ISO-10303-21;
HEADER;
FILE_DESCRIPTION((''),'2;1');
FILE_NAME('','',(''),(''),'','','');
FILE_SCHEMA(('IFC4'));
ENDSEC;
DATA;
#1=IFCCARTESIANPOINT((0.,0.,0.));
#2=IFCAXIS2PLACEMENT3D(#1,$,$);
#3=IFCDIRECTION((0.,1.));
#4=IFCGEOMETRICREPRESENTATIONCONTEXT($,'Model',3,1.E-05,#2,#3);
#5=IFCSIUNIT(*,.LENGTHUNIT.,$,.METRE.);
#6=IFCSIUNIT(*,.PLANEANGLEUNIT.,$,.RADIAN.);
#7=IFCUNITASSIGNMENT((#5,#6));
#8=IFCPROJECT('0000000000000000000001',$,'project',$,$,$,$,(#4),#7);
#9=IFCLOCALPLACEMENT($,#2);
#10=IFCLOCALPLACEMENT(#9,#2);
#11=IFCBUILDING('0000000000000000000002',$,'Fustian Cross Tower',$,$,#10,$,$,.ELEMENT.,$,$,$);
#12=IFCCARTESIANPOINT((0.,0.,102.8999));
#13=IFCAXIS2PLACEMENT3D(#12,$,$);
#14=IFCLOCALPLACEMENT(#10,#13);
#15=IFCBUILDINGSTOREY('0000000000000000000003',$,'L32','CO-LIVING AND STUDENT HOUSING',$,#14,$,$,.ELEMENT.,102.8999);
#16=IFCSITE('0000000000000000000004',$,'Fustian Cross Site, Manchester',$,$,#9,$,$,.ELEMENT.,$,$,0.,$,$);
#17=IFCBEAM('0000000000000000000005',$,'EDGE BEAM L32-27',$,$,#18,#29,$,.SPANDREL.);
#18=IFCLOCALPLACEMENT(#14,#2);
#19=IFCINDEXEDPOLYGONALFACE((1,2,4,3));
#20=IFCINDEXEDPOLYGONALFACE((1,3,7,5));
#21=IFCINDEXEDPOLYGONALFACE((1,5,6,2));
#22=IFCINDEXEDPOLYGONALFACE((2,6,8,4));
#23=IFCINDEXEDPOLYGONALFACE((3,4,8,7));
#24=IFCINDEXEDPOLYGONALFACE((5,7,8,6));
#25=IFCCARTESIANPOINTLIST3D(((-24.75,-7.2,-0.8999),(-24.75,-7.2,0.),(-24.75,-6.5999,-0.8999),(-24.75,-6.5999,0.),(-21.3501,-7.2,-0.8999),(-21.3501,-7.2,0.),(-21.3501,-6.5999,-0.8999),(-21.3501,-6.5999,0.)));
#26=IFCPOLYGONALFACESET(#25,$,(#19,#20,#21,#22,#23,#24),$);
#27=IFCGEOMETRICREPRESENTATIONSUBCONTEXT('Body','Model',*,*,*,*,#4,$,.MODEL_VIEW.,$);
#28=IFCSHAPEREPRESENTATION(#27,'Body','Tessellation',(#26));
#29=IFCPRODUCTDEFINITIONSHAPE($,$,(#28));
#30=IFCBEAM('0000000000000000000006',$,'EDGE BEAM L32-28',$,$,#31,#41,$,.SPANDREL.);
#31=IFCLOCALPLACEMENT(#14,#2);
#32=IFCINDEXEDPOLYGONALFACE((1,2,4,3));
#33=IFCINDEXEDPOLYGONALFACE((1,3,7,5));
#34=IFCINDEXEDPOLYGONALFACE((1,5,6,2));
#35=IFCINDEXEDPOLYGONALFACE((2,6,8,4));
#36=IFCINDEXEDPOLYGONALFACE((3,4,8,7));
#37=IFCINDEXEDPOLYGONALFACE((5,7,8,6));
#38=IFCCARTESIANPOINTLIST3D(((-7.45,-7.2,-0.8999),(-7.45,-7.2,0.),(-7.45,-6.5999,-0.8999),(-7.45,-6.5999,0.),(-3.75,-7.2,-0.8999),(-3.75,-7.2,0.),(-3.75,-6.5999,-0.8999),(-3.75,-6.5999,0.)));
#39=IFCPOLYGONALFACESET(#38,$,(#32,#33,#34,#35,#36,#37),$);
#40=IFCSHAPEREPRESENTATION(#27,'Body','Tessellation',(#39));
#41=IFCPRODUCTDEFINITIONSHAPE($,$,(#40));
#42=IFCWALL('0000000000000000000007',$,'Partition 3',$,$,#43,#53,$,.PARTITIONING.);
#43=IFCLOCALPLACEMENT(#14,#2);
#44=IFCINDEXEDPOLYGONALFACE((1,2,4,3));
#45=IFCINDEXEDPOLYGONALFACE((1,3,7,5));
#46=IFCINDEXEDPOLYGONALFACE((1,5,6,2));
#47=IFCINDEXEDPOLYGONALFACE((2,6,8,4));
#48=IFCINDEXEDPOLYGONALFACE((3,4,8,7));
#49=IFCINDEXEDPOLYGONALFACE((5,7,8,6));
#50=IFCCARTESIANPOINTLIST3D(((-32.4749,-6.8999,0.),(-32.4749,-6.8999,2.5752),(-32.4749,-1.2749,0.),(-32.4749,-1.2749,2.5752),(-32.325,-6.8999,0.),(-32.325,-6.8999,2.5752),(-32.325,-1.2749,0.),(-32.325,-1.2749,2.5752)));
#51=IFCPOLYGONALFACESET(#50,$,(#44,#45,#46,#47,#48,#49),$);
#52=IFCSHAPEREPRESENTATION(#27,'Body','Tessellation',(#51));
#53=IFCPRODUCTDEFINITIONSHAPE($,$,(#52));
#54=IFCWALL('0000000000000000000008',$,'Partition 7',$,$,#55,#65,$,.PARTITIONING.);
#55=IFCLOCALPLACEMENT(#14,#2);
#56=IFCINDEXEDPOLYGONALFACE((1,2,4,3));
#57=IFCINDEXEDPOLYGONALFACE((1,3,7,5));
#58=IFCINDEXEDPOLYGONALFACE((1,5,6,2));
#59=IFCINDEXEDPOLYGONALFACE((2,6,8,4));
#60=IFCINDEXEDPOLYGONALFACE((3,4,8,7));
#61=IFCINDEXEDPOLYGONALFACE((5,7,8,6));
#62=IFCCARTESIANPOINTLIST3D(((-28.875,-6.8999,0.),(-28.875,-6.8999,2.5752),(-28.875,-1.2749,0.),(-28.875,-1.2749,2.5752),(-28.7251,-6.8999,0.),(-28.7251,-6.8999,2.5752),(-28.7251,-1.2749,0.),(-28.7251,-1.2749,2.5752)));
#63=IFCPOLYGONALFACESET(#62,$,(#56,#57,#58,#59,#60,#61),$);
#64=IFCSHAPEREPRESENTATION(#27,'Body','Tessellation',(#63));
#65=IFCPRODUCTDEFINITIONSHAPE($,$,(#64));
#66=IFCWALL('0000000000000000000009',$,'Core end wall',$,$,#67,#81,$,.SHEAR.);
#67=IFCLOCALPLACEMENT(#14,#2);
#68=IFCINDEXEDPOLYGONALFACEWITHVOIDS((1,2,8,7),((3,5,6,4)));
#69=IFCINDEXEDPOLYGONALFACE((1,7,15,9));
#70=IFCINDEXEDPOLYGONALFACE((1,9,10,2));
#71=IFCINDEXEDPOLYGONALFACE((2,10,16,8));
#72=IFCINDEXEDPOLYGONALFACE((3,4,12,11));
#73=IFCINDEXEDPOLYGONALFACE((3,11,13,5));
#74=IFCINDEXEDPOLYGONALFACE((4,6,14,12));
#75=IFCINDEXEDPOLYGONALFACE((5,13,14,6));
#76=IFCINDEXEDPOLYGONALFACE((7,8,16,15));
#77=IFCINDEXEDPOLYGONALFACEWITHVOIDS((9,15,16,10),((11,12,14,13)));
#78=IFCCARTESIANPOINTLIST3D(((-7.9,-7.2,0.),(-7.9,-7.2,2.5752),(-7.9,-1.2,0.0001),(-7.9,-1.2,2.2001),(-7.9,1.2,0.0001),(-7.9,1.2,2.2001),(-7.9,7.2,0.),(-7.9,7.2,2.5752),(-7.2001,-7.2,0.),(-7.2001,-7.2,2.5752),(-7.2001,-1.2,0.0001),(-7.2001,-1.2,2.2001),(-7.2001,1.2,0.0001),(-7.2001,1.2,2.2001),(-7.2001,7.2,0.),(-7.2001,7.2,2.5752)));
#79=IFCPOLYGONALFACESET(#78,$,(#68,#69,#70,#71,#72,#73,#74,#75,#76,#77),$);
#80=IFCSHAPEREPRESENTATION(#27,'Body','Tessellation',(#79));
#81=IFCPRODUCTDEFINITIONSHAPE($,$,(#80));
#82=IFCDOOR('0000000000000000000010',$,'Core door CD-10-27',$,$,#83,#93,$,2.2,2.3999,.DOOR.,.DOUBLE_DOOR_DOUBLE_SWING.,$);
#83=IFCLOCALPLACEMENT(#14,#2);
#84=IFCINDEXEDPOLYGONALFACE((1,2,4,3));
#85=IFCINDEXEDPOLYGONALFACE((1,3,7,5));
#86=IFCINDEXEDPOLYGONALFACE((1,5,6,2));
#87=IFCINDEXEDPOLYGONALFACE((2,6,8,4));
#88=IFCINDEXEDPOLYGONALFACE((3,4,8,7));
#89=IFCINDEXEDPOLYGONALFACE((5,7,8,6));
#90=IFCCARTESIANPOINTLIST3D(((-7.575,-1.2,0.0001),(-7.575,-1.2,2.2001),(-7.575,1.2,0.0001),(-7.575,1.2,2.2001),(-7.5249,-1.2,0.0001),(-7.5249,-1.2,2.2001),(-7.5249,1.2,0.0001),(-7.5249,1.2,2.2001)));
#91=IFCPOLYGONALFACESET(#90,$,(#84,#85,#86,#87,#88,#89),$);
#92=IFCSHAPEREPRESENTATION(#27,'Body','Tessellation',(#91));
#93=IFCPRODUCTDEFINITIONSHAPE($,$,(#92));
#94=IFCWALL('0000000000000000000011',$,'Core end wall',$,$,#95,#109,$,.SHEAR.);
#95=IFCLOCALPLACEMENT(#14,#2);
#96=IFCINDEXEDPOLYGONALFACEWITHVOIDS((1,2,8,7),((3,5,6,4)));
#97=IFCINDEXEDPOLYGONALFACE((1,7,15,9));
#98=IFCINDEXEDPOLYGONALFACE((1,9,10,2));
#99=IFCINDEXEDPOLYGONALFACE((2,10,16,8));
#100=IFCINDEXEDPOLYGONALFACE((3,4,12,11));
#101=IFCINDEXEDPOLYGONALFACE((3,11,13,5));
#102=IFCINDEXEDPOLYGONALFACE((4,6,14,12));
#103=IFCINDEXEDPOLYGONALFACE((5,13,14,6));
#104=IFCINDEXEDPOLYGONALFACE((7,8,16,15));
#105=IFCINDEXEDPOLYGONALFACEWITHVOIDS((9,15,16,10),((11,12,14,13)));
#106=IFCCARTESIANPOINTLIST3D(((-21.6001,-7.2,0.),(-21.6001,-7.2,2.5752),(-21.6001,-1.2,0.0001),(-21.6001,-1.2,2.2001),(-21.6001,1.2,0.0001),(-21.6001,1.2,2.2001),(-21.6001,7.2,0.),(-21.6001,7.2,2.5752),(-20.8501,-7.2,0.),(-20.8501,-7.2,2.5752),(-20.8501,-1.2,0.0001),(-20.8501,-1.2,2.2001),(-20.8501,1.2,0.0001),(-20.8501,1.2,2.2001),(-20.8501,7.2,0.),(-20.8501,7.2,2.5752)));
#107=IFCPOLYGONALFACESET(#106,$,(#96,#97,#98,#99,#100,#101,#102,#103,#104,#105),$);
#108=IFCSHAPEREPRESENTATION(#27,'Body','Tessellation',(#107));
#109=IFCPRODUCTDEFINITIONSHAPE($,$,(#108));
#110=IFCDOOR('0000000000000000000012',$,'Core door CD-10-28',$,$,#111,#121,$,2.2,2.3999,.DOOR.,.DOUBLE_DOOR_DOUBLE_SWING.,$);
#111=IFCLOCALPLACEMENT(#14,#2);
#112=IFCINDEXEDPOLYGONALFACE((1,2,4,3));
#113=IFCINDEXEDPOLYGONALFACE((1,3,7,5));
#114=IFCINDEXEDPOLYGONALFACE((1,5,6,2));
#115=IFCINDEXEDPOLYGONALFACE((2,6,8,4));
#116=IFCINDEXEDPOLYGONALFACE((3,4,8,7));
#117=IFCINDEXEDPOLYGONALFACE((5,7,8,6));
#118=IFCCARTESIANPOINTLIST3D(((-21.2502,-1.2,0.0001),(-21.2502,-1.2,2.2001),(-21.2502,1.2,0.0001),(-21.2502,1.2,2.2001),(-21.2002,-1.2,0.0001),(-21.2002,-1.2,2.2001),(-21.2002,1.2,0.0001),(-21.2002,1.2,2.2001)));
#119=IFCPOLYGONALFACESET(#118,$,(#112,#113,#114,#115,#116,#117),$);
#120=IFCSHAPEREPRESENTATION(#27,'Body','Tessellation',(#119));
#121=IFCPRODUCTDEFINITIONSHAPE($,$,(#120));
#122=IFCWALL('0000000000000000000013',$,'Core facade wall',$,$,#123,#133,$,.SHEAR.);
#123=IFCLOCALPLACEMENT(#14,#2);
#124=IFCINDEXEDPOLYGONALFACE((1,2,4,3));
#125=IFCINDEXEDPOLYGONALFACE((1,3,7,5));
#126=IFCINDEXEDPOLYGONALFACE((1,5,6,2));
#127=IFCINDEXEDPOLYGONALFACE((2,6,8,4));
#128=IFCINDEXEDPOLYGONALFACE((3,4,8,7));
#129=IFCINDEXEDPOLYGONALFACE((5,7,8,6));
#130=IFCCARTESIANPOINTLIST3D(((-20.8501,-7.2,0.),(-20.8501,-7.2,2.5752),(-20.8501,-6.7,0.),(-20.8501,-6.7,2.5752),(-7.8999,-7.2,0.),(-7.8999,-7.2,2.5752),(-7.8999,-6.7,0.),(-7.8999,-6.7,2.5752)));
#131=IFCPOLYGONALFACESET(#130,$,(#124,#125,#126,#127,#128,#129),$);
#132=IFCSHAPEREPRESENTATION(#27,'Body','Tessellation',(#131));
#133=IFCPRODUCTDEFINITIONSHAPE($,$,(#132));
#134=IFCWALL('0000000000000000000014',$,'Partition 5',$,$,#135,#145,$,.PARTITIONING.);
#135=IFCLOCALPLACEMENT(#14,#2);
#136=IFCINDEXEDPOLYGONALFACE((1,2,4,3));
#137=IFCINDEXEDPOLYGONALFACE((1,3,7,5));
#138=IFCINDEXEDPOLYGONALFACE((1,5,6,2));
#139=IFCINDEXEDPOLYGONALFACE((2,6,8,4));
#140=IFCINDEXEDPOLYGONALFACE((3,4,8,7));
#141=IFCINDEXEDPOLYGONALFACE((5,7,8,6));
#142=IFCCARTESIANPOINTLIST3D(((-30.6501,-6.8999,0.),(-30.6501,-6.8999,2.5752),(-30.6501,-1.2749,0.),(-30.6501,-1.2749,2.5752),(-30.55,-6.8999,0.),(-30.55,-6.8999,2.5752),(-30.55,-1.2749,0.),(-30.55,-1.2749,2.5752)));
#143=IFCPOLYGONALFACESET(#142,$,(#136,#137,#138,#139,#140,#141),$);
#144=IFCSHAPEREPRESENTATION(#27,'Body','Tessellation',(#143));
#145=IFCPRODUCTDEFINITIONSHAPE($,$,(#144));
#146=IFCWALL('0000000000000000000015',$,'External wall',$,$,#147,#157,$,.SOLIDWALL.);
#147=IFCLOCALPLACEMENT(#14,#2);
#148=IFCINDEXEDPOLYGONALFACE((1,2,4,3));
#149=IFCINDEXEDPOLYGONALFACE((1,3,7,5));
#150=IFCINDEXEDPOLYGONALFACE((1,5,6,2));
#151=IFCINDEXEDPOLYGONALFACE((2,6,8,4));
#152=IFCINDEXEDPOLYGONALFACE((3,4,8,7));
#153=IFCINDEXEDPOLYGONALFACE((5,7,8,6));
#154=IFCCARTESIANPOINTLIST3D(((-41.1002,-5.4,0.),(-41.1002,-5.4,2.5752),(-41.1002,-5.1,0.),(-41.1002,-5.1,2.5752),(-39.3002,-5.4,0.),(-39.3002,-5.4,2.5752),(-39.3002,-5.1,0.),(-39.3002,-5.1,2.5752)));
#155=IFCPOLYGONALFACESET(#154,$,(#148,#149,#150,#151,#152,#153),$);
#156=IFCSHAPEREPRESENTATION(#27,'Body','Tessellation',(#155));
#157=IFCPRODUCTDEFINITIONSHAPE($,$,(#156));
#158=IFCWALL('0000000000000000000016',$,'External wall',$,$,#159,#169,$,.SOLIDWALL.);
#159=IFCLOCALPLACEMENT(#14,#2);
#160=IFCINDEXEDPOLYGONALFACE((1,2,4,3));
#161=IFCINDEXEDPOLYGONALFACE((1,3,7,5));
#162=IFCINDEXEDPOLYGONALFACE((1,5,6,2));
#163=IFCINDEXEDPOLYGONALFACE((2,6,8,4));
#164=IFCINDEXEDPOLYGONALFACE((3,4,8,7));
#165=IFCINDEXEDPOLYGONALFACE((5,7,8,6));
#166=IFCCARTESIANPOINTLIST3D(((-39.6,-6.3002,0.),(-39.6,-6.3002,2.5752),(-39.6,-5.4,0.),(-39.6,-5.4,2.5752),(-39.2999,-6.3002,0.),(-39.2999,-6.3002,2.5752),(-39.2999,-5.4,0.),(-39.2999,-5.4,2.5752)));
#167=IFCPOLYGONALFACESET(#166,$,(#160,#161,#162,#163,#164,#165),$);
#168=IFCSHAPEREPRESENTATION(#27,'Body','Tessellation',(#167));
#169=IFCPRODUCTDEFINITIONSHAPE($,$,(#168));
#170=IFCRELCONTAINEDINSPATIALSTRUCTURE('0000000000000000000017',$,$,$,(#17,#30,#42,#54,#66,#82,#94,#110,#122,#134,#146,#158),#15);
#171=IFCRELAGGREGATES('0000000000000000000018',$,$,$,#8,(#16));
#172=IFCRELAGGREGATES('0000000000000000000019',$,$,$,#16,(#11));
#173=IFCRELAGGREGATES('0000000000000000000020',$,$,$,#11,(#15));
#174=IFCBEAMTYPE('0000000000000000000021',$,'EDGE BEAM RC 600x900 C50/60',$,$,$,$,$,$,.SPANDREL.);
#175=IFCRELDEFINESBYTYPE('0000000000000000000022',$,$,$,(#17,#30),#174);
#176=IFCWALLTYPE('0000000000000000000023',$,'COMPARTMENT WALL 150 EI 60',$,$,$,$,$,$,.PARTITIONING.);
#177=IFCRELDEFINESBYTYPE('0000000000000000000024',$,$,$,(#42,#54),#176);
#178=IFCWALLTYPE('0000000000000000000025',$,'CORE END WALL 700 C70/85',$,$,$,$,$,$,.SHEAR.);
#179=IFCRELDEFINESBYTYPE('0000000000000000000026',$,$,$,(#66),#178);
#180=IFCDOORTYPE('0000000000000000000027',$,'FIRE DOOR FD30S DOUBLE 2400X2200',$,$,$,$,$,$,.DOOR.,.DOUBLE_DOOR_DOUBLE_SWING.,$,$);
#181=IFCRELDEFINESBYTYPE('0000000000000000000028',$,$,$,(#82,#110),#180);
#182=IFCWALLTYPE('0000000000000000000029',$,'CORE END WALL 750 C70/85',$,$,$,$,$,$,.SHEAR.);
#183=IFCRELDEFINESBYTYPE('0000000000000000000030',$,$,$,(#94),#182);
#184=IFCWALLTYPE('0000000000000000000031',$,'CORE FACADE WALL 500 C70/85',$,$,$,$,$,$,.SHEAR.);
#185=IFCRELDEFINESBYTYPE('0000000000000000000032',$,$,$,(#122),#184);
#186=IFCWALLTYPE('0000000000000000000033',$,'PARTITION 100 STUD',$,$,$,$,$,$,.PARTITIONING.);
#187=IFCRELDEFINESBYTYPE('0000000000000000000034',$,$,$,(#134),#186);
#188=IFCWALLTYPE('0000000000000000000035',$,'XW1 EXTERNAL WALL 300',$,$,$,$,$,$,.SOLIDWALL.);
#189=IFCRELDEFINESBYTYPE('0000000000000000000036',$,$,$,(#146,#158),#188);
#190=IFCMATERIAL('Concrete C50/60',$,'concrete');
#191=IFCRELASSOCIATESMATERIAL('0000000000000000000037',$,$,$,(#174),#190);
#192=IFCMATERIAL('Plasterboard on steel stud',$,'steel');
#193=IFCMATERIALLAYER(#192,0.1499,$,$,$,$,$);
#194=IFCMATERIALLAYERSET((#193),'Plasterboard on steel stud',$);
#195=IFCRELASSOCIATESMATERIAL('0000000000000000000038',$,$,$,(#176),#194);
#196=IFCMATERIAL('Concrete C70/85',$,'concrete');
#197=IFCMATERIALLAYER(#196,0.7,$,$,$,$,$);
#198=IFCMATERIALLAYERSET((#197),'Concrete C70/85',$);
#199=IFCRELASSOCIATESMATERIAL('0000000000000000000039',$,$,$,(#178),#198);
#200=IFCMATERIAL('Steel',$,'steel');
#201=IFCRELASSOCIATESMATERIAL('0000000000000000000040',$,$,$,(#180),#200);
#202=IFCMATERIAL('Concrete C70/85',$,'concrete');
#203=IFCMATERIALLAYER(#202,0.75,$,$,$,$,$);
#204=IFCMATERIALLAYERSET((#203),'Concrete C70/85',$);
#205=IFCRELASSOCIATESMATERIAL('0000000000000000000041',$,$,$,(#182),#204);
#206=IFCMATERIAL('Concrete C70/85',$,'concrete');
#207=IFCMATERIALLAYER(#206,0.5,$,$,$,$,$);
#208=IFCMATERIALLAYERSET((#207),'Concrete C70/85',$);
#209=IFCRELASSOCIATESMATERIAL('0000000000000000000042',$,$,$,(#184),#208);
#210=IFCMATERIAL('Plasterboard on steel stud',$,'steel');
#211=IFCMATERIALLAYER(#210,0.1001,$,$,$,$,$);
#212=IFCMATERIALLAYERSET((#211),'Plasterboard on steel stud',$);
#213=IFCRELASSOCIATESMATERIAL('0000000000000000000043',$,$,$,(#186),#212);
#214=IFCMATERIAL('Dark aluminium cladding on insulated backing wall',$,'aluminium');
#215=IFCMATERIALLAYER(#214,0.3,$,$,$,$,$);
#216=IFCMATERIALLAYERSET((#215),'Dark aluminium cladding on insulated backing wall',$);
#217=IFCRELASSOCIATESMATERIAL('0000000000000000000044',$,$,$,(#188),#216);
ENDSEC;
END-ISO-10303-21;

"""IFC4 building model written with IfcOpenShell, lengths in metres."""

from ifc_helpers import new_model, si_unit, direction, frame, frame_2d, origin, origin_2d, place, context, subcontext, project, spatial, rectangle, extrude, material, layer, layer_set, material_profile, profile_set, type_object, element, fill, save


model = new_model("IFC4")

# Units and contexts
model_context = context("Model", 3, precision=1e-05, world=origin(), true_north=direction((0.0, 1.0)))
body_context = subcontext(model_context, "Body", "Model", "MODEL_VIEW")
ifc_project = project(units=[si_unit("LENGTHUNIT", "METRE"), si_unit("PLANEANGLEUNIT", "RADIAN")], contexts=[model_context])

# Site, building, storey
site_placement = place(None, origin())
site = spatial("IfcSite", under=ifc_project, at=site_placement, Name="Fustian Cross Site, Manchester", CompositionType="ELEMENT", RefElevation=0.0)
building_placement = place(site_placement, origin())
building = spatial("IfcBuilding", under=site, at=building_placement, Name="Fustian Cross Tower", CompositionType="ELEMENT")
storey_placement = place(building_placement, frame((0.0, 0.0, 102.8999)))
storey = spatial("IfcBuildingStorey", under=building, at=storey_placement, Name="L32", Description="CO-LIVING AND STUDENT HOUSING", CompositionType="ELEMENT", Elevation=102.8999)

# Beams
ifc_material_1 = material(Name="Concrete C50/60", Category="concrete")
ifc_material_profile_1 = material_profile(ifc_material_1, rectangle(XDim=0.6001, YDim=0.8999, at=origin_2d()), Name="RC 600x900")
ifc_profile_set_1 = profile_set([ifc_material_profile_1], Name="Concrete C50/60")
beam_type = type_object("IfcBeamType", Name="EDGE BEAM RC 600x900 C50/60", PredefinedType="SPANDREL", material=ifc_profile_set_1)
beam_1_placement = place(storey_placement, frame((-24.75, -6.8999, -0.45), z_axis=(1.0, 0.0, 0.0), x_axis=(0.0, 1.0, 0.0)))
element("IfcBeam", 1, at=beam_1_placement, inside=storey, type_object=beam_type, Name="EDGE BEAM L32-27", PredefinedType="SPANDREL", context=body_context, shape_type="SweptSolid", body=[
    extrude(rectangle(XDim=0.6001, YDim=0.8999, at=origin_2d()), origin(), (0.0, 0.0, 1.0), 3.3999),
])
beam_2_placement = place(storey_placement, frame((-7.45, -6.8999, -0.45), z_axis=(1.0, 0.0, 0.0), x_axis=(0.0, 1.0, 0.0)))
element("IfcBeam", 2, at=beam_2_placement, inside=storey, type_object=beam_type, Name="EDGE BEAM L32-28", PredefinedType="SPANDREL", context=body_context, shape_type="SweptSolid", body=[
    extrude(rectangle(XDim=0.6001, YDim=0.8999, at=origin_2d()), origin(), (0.0, 0.0, 1.0), 3.7),
])

# Walls
ifc_material_2 = material(Name="Plasterboard on steel stud", Category="steel")
ifc_layer_1 = layer(ifc_material_2, 0.1499)
ifc_layer_set_1 = layer_set([ifc_layer_1], Name="Plasterboard on steel stud")
wall_type_1 = type_object("IfcWallType", Name="COMPARTMENT WALL 150 EI 60", PredefinedType="PARTITIONING", material=ifc_layer_set_1)
for number, where, z_axis, x_axis, name in (
    (3, (-32.3999, -6.8999, 0.0), (0.0, 0.0, 1.0), (0.0, 1.0, 0.0), "Partition 3"),
    (4, (-28.8, -6.8999, 0.0), (0.0, 0.0, 1.0), (0.0, 1.0, 0.0), "Partition 7"),
):
    element("IfcWall", number, at=place(storey_placement, frame(where, z_axis=z_axis, x_axis=x_axis)), inside=storey, type_object=wall_type_1, Name=name, PredefinedType="PARTITIONING", context=body_context, shape_type="SweptSolid", body=[
        extrude(rectangle(XDim=5.625, YDim=0.1499, at=frame_2d((2.8125, 0.0))), origin(), (0.0, 0.0, 1.0), 2.5752),
    ])

# Walls, openings, doors
ifc_material_3 = material(Name="Concrete C70/85", Category="concrete")
ifc_layer_2 = layer(ifc_material_3, 0.7)
ifc_layer_set_2 = layer_set([ifc_layer_2], Name="Concrete C70/85")
wall_type_2 = type_object("IfcWallType", Name="CORE END WALL 700 C70/85", PredefinedType="SHEAR", material=ifc_layer_set_2)
wall_1_placement = place(storey_placement, frame((-7.55, -7.2, 0.0), z_axis=(0.0, 0.0, 1.0), x_axis=(0.0, 1.0, 0.0)))
wall_1 = element("IfcWall", 5, at=wall_1_placement, inside=storey, type_object=wall_type_2, Name="Core end wall", PredefinedType="SHEAR", context=body_context, shape_type="SweptSolid", body=[
    extrude(rectangle(XDim=14.3999, YDim=0.7, at=frame_2d((7.2, 0.0))), origin(), (0.0, 0.0, 1.0), 2.5752),
])
opening_1_placement = place(wall_1_placement, frame((6.0, 0.0, 0.0)))
opening_1 = element("IfcOpeningElement", 6, at=opening_1_placement, cuts=wall_1, PredefinedType="OPENING", context=body_context, shape_type="SweptSolid", body=[
    extrude(rectangle(XDim=2.3999, YDim=2.2, at=frame_2d((1.2, 1.1001))), frame((0.0, 0.3599, 0.0), z_axis=(0.0, -1.0, 0.0), x_axis=(1.0, 0.0, 0.0)), (0.0, 0.0, 1.0), 0.72),
])
ifc_material_4 = material(Name="Steel", Category="steel")
door_type = type_object("IfcDoorType", Name="FIRE DOOR FD30S DOUBLE 2400X2200", OperationType="DOUBLE_DOOR_DOUBLE_SWING", PredefinedType="DOOR", material=ifc_material_4)
door_1_placement = place(opening_1_placement, origin())
door_1 = element("IfcDoor", 7, at=door_1_placement, inside=storey, type_object=door_type, Name="Core door CD-10-27", OperationType="DOUBLE_DOOR_DOUBLE_SWING", OverallHeight=2.2, OverallWidth=2.3999, PredefinedType="DOOR", context=body_context, shape_type="SweptSolid", body=[
    extrude(rectangle(XDim=2.3999, YDim=2.2, at=frame_2d((1.2, 1.1001))), frame((0.0, 0.0249, 0.0), z_axis=(0.0, -1.0, 0.0), x_axis=(1.0, 0.0, 0.0)), (0.0, 0.0, 1.0), 0.05),
])
fill(opening_1, door_1)
ifc_material_5 = material(Name="Concrete C70/85", Category="concrete")
ifc_layer_3 = layer(ifc_material_5, 0.75)
ifc_layer_set_3 = layer_set([ifc_layer_3], Name="Concrete C70/85")
wall_type_3 = type_object("IfcWallType", Name="CORE END WALL 750 C70/85", PredefinedType="SHEAR", material=ifc_layer_set_3)
wall_2_placement = place(storey_placement, frame((-21.2251, -7.2, 0.0), z_axis=(0.0, 0.0, 1.0), x_axis=(0.0, 1.0, 0.0)))
wall_2 = element("IfcWall", 8, at=wall_2_placement, inside=storey, type_object=wall_type_3, Name="Core end wall", PredefinedType="SHEAR", context=body_context, shape_type="SweptSolid", body=[
    extrude(rectangle(XDim=14.3999, YDim=0.75, at=frame_2d((7.2, 0.0))), origin(), (0.0, 0.0, 1.0), 2.5752),
])
opening_2_placement = place(wall_2_placement, frame((6.0, 0.0, 0.0)))
opening_2 = element("IfcOpeningElement", 9, at=opening_2_placement, cuts=wall_2, PredefinedType="OPENING", context=body_context, shape_type="SweptSolid", body=[
    extrude(rectangle(XDim=2.3999, YDim=2.2, at=frame_2d((1.2, 1.1001))), frame((0.0, 0.385, 0.0), z_axis=(0.0, -1.0, 0.0), x_axis=(1.0, 0.0, 0.0)), (0.0, 0.0, 1.0), 0.77),
])
door_2_placement = place(opening_2_placement, frame((2.3999, 0.0, 0.0), z_axis=(0.0, 0.0, 1.0), x_axis=(-1.0, 0.0, 0.0)))
door_2 = element("IfcDoor", 10, at=door_2_placement, inside=storey, type_object=door_type, Name="Core door CD-10-28", OperationType="DOUBLE_DOOR_DOUBLE_SWING", OverallHeight=2.2, OverallWidth=2.3999, PredefinedType="DOOR", context=body_context, shape_type="SweptSolid", body=[
    extrude(rectangle(XDim=2.3999, YDim=2.2, at=frame_2d((1.2, 1.1001))), frame((0.0, 0.0249, 0.0), z_axis=(0.0, -1.0, 0.0), x_axis=(1.0, 0.0, 0.0)), (0.0, 0.0, 1.0), 0.05),
])
fill(opening_2, door_2)

# Walls
ifc_material_6 = material(Name="Concrete C70/85", Category="concrete")
ifc_layer_4 = layer(ifc_material_6, 0.5)
ifc_layer_set_4 = layer_set([ifc_layer_4], Name="Concrete C70/85")
wall_type_4 = type_object("IfcWallType", Name="CORE FACADE WALL 500 C70/85", PredefinedType="SHEAR", material=ifc_layer_set_4)
wall_3_placement = place(storey_placement, frame((-7.8999, -6.95, 0.0), z_axis=(0.0, 0.0, 1.0), x_axis=(-1.0, 0.0, 0.0)))
element("IfcWall", 11, at=wall_3_placement, inside=storey, type_object=wall_type_4, Name="Core facade wall", PredefinedType="SHEAR", context=body_context, shape_type="SweptSolid", body=[
    extrude(rectangle(XDim=12.9502, YDim=0.5, at=frame_2d((6.4751, 0.0))), origin(), (0.0, 0.0, 1.0), 2.5752),
])
ifc_material_7 = material(Name="Plasterboard on steel stud", Category="steel")
ifc_layer_5 = layer(ifc_material_7, 0.1001)
ifc_layer_set_5 = layer_set([ifc_layer_5], Name="Plasterboard on steel stud")
wall_type_5 = type_object("IfcWallType", Name="PARTITION 100 STUD", PredefinedType="PARTITIONING", material=ifc_layer_set_5)
wall_4_placement = place(storey_placement, frame((-30.6001, -6.8999, 0.0), z_axis=(0.0, 0.0, 1.0), x_axis=(0.0, 1.0, 0.0)))
element("IfcWall", 12, at=wall_4_placement, inside=storey, type_object=wall_type_5, Name="Partition 5", PredefinedType="PARTITIONING", context=body_context, shape_type="SweptSolid", body=[
    extrude(rectangle(XDim=5.625, YDim=0.1001, at=frame_2d((2.8125, 0.0))), origin(), (0.0, 0.0, 1.0), 2.5752),
])
ifc_material_8 = material(Name="Dark aluminium cladding on insulated backing wall", Category="aluminium")
ifc_layer_6 = layer(ifc_material_8, 0.3)
ifc_layer_set_6 = layer_set([ifc_layer_6], Name="Dark aluminium cladding on insulated backing wall")
wall_type_6 = type_object("IfcWallType", Name="XW1 EXTERNAL WALL 300", PredefinedType="SOLIDWALL", material=ifc_layer_set_6)
wall_5_placement = place(storey_placement, frame((-41.1001, -5.25, 0.0), z_axis=(0.0, 0.0, 1.0), x_axis=(1.0, 0.0, 0.0)))
element("IfcWall", 13, at=wall_5_placement, inside=storey, type_object=wall_type_6, Name="External wall", PredefinedType="SOLIDWALL", context=body_context, shape_type="SweptSolid", body=[
    extrude(rectangle(XDim=1.8, YDim=0.3, at=frame_2d((0.8999, 0.0))), origin(), (0.0, 0.0, 1.0), 2.5752),
])
wall_6_placement = place(storey_placement, frame((-39.45, -5.3999, 0.0), z_axis=(0.0, 0.0, 1.0), x_axis=(0.0, -1.0, 0.0)))
element("IfcWall", 14, at=wall_6_placement, inside=storey, type_object=wall_type_6, Name="External wall", PredefinedType="SOLIDWALL", context=body_context, shape_type="SweptSolid", body=[
    extrude(rectangle(XDim=0.9001, YDim=0.3, at=frame_2d((0.4502, 0.0))), origin(), (0.0, 0.0, 1.0), 2.5752),
])

save(model, "model.ifc")
